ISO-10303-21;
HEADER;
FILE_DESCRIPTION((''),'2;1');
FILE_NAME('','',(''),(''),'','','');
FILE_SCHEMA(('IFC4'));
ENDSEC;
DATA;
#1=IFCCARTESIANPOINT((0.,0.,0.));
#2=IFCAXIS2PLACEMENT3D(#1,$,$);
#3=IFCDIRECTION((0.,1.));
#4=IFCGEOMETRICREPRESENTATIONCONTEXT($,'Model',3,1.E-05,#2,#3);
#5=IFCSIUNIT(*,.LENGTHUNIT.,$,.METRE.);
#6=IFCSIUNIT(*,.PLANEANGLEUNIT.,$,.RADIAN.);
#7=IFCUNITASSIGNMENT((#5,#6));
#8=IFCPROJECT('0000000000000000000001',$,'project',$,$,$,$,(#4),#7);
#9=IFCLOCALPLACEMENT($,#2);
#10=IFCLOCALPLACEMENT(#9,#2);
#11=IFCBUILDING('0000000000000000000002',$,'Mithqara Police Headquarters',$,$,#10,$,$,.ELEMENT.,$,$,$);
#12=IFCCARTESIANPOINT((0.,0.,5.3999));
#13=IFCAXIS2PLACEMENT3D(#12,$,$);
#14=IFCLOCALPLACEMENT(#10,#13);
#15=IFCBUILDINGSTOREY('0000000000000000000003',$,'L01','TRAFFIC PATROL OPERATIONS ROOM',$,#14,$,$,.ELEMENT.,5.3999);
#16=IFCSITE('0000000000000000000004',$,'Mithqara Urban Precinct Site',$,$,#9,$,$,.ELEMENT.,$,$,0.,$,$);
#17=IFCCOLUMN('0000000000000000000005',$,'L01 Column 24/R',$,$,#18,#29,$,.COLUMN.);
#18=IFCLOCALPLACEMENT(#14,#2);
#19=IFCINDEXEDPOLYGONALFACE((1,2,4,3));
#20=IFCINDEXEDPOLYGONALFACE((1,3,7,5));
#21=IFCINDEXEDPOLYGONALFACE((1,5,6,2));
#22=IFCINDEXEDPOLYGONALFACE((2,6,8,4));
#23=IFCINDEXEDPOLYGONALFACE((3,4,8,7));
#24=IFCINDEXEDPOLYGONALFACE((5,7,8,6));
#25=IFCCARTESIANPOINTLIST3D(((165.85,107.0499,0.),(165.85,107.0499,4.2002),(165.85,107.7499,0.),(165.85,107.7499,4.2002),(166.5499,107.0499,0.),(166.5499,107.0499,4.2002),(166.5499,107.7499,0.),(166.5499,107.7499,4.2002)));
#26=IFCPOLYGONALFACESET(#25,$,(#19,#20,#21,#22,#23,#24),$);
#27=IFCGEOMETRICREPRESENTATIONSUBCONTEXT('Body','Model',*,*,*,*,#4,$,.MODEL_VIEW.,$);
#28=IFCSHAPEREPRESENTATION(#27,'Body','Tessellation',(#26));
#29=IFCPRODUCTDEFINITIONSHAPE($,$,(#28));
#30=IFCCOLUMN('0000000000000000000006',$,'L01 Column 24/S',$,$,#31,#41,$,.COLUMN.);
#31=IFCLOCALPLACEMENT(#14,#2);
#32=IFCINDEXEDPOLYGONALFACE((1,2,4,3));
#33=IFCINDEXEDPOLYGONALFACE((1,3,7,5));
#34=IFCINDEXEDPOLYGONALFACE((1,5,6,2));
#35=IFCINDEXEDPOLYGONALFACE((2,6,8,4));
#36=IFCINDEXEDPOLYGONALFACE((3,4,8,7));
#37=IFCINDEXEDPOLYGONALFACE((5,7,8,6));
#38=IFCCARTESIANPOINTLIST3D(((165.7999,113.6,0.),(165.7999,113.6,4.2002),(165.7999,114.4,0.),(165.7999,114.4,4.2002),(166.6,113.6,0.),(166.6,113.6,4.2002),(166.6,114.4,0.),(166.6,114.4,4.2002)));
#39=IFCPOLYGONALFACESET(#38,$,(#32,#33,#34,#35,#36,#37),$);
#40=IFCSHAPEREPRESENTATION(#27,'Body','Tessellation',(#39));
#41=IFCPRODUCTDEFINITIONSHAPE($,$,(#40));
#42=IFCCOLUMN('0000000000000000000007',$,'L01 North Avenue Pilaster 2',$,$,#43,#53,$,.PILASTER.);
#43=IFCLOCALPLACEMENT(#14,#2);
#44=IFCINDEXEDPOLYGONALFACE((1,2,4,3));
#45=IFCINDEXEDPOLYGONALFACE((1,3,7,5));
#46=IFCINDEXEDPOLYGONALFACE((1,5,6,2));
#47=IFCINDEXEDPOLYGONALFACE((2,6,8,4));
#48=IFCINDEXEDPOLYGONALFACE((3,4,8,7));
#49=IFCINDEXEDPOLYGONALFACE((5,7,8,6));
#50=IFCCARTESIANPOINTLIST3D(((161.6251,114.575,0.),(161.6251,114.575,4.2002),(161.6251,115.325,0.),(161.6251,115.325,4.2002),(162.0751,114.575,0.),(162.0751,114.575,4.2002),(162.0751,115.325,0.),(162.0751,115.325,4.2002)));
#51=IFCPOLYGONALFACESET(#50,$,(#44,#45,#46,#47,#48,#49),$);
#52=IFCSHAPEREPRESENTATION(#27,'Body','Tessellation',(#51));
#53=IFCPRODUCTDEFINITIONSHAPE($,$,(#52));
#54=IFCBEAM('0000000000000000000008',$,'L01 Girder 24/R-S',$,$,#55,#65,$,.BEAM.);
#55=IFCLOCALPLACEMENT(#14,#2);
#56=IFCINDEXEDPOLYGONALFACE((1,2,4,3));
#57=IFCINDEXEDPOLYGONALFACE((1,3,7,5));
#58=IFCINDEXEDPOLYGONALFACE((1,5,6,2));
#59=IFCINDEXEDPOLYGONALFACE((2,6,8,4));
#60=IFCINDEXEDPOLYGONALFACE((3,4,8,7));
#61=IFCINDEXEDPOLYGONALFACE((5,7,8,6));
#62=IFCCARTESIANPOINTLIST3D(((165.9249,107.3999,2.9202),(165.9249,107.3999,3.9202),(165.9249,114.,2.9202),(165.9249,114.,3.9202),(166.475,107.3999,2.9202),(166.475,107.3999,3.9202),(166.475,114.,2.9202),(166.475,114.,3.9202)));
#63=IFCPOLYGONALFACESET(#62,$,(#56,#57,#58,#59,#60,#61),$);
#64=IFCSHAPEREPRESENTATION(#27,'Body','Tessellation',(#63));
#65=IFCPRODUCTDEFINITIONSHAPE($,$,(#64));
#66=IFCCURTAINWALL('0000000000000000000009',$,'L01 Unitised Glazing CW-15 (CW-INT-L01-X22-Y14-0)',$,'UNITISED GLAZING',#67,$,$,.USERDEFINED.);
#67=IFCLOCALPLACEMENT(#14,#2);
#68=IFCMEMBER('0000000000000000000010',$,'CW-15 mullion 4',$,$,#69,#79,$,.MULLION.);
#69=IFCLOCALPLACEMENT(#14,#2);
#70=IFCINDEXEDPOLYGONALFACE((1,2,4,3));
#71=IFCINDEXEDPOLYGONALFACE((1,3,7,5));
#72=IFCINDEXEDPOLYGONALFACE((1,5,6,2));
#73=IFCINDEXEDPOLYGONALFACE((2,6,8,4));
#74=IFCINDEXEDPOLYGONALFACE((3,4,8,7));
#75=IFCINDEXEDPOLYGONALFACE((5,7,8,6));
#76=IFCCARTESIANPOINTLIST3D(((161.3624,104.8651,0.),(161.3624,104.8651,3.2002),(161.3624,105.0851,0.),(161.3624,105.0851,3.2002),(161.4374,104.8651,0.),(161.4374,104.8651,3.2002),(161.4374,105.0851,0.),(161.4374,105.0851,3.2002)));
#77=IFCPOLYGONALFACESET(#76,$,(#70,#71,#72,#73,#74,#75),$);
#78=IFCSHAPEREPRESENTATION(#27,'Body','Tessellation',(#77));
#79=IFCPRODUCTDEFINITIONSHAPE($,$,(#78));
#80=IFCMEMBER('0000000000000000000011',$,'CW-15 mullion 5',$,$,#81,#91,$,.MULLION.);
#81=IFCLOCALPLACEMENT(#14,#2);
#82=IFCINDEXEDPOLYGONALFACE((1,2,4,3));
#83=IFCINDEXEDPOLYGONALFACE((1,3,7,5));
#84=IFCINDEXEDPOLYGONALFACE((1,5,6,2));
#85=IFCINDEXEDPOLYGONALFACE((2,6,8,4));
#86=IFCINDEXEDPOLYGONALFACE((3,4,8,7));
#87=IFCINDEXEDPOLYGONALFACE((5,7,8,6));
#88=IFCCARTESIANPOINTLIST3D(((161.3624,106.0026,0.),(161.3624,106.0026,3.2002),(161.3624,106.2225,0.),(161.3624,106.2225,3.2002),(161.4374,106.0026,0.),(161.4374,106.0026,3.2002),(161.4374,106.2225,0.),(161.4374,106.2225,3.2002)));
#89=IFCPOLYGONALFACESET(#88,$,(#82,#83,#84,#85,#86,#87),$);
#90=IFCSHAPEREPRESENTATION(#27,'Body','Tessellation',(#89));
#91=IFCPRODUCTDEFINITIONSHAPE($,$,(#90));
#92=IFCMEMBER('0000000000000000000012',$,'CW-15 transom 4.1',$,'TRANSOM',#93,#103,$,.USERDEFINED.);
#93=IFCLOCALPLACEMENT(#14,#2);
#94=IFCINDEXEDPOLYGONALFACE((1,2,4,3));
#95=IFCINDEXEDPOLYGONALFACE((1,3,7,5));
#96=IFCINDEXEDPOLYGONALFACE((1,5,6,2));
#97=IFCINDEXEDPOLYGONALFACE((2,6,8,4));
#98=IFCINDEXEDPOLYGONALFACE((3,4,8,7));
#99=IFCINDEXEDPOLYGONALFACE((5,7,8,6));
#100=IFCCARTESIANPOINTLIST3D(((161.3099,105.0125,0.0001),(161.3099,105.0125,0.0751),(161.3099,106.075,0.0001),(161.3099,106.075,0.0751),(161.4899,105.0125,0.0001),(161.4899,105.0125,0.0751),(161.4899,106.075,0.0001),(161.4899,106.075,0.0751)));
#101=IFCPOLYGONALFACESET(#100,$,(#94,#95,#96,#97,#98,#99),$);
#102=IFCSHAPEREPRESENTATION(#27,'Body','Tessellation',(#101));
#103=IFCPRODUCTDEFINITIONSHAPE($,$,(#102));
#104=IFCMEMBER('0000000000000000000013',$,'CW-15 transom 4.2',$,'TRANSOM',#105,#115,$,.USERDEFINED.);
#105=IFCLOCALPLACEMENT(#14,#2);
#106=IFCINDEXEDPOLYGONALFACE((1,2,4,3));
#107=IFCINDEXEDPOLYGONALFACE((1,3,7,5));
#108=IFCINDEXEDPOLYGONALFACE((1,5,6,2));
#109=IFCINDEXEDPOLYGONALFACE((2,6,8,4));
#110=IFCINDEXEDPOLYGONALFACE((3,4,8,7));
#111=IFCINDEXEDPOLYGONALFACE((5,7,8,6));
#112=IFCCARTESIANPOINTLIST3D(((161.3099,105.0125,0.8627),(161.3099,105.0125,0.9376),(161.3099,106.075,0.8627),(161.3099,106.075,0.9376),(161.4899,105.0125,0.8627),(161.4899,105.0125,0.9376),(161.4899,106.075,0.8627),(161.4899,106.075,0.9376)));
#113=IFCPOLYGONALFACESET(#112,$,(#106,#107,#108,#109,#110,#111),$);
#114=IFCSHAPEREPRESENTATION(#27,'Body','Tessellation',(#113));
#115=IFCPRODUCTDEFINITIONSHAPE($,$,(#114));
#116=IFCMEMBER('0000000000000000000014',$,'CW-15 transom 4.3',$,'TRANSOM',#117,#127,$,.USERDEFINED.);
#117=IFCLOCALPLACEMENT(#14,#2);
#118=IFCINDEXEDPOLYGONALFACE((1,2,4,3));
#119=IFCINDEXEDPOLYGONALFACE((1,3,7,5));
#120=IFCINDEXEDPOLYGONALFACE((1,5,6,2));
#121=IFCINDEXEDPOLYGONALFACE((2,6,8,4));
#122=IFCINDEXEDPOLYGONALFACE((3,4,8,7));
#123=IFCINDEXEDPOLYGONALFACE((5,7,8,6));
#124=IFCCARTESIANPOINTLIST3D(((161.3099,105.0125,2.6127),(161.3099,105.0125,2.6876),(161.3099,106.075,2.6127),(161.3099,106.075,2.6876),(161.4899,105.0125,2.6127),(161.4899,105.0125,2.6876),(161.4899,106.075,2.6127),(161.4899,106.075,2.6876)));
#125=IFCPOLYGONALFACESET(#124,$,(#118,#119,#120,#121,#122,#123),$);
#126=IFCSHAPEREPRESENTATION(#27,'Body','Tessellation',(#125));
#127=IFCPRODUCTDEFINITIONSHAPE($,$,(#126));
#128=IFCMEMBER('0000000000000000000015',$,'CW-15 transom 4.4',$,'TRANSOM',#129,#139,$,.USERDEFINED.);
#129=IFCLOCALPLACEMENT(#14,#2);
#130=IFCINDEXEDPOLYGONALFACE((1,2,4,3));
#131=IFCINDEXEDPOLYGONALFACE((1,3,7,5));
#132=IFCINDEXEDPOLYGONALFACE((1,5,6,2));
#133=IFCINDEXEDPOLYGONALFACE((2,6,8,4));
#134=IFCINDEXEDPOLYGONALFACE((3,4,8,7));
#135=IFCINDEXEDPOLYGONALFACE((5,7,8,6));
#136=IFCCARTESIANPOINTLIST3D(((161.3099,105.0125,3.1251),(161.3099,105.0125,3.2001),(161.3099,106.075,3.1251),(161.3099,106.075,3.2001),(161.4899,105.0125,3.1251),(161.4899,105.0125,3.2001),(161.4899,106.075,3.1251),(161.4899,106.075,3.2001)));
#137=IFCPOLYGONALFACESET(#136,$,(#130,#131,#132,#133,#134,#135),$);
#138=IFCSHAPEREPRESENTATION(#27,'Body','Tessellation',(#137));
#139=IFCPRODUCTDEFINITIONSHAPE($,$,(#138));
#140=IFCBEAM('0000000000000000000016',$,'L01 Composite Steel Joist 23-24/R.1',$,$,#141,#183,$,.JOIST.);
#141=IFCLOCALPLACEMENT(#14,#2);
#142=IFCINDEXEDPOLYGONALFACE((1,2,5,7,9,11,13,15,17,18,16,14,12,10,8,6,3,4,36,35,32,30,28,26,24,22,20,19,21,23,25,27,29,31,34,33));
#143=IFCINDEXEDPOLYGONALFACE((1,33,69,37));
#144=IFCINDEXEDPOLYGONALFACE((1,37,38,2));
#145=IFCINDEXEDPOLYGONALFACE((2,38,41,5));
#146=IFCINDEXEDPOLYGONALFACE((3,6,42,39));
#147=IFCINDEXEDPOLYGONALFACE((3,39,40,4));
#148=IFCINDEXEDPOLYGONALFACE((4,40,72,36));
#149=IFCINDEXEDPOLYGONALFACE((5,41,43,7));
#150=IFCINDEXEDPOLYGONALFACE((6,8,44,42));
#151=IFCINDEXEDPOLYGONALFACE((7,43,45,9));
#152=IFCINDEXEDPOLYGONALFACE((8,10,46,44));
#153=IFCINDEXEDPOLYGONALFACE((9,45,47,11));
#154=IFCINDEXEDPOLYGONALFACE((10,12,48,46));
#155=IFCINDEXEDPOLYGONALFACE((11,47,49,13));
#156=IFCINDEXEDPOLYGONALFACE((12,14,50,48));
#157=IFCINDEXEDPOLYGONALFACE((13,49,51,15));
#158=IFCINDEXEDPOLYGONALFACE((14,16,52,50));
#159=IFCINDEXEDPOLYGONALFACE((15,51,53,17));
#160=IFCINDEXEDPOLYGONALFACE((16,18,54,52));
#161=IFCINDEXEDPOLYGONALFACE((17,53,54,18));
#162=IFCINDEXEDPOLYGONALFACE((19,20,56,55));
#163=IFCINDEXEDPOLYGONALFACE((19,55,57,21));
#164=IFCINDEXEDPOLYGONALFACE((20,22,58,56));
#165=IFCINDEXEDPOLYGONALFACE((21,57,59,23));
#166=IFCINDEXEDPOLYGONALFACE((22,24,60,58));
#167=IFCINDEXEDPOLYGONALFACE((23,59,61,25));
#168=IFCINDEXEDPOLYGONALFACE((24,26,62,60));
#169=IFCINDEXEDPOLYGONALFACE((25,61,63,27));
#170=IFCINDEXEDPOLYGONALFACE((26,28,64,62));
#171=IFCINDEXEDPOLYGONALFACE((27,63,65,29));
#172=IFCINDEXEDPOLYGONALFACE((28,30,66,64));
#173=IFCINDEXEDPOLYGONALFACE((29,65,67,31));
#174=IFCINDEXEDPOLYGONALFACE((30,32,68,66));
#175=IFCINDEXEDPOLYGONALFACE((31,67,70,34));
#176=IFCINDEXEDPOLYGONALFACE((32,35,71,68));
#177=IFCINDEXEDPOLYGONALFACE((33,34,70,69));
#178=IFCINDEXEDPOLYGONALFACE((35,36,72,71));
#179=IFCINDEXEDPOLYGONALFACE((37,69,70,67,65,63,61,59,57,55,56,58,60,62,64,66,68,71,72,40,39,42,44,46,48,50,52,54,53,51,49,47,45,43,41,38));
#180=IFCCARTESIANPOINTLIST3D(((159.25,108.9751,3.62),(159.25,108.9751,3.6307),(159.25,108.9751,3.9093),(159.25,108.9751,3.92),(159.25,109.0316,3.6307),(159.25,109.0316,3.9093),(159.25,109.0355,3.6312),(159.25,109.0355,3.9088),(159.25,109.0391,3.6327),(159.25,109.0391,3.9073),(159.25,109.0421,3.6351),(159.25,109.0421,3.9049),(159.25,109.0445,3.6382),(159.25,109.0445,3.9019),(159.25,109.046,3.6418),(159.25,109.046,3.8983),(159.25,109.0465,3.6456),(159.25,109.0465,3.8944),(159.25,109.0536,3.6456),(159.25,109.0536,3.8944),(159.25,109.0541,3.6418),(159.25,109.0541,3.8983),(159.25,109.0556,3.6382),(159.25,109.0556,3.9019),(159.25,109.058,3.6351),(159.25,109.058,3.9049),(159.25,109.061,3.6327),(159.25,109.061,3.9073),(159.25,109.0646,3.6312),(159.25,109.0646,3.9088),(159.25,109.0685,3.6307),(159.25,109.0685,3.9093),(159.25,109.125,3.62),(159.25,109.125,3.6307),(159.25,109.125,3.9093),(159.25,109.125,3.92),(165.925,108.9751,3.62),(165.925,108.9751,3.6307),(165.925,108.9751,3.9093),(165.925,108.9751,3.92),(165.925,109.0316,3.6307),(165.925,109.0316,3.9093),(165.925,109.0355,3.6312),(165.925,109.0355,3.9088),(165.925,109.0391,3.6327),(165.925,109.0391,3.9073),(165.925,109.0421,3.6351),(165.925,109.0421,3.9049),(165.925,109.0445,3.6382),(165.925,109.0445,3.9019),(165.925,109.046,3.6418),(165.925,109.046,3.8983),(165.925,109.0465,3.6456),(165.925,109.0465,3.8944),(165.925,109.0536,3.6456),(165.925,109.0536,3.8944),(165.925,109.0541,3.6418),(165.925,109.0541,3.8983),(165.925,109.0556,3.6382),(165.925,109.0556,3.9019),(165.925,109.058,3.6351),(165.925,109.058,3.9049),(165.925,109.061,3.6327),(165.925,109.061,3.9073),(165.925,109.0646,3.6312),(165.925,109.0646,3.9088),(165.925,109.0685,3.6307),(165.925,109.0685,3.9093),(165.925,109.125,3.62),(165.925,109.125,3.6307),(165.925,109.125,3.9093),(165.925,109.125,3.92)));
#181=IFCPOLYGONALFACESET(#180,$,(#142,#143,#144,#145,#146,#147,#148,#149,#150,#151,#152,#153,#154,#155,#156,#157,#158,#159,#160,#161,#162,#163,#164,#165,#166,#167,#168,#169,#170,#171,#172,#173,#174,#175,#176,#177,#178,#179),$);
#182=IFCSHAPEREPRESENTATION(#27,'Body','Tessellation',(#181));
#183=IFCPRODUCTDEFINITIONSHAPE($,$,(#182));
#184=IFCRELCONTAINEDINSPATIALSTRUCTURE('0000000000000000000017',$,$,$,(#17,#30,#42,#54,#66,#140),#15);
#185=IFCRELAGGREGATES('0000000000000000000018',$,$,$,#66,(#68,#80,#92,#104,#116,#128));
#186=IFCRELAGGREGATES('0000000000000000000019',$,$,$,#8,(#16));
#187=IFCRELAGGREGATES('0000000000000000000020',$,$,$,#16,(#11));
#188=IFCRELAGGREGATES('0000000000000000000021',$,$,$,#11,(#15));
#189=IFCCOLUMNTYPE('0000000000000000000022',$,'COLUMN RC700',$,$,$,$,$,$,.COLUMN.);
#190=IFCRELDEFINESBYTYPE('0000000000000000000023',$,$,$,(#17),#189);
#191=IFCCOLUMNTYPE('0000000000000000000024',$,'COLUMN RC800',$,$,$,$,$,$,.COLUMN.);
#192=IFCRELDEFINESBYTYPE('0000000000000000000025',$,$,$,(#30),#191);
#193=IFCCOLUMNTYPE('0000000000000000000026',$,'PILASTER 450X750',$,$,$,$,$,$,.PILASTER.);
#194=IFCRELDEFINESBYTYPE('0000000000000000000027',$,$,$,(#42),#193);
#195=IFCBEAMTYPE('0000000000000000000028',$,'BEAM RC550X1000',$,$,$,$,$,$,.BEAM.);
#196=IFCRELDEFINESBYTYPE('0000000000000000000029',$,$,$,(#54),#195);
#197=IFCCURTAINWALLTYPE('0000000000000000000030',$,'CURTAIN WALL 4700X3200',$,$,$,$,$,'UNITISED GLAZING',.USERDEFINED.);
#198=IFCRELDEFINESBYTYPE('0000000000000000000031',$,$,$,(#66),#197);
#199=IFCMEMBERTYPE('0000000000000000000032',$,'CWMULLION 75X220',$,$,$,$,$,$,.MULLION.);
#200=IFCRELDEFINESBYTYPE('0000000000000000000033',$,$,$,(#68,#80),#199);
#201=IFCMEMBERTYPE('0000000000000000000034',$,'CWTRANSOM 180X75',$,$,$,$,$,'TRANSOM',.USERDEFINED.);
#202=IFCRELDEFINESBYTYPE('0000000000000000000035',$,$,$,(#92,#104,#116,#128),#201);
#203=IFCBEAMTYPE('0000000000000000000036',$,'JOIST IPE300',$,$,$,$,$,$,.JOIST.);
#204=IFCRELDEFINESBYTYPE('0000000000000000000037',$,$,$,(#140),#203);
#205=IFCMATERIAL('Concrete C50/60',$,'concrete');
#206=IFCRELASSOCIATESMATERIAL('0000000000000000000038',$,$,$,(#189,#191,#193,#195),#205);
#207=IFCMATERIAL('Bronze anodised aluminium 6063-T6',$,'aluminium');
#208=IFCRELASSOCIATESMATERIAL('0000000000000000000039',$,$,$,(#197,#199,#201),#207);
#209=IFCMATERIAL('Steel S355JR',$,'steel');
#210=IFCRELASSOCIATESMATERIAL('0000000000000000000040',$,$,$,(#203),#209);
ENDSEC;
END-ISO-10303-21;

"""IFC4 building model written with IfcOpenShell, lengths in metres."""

from ifc_helpers import new_model, si_unit, direction, frame, origin, origin_2d, place, context, subcontext, project, spatial, rectangle, i_section, extrude, material, material_profile, profile_set, type_object, element, aggregate, save


model = new_model("IFC4")

# Units and contexts
model_context = context("Model", 3, precision=1e-05, world=origin(), true_north=direction((0.0, 1.0)))
body_context = subcontext(model_context, "Body", "Model", "MODEL_VIEW")
ifc_project = project(units=[si_unit("LENGTHUNIT", "METRE"), si_unit("PLANEANGLEUNIT", "RADIAN")], contexts=[model_context])

# Site, building, storey
site_placement = place(None, origin())
site = spatial("IfcSite", under=ifc_project, at=site_placement, Name="Mithqara Urban Precinct Site", CompositionType="ELEMENT", RefElevation=0.0)
building_placement = place(site_placement, origin())
building = spatial("IfcBuilding", under=site, at=building_placement, Name="Mithqara Police Headquarters", CompositionType="ELEMENT")
storey_placement = place(building_placement, frame((0.0, 0.0, 5.3999)))
storey = spatial("IfcBuildingStorey", under=building, at=storey_placement, Name="L01", Description="TRAFFIC PATROL OPERATIONS ROOM", CompositionType="ELEMENT", Elevation=5.3999)

# Columns
ifc_material_1 = material(Name="Concrete C50/60", Category="concrete")
ifc_material_profile_1 = material_profile(ifc_material_1, rectangle(XDim=0.7, YDim=0.7, at=origin_2d()), Name="RC 700x700")
ifc_profile_set_1 = profile_set([ifc_material_profile_1], Name="Concrete C50/60")
column_type_1 = type_object("IfcColumnType", Name="COLUMN RC700", PredefinedType="COLUMN", material=ifc_profile_set_1)
column_1_placement = place(storey_placement, frame((166.2, 107.3999, 0.0), z_axis=(0.0, 0.0, 1.0), x_axis=(1.0, 0.0, 0.0)))
element("IfcColumn", 1, at=column_1_placement, inside=storey, type_object=column_type_1, Name="L01 Column 24/R", PredefinedType="COLUMN", context=body_context, shape_type="SweptSolid", body=[
    extrude(rectangle(XDim=0.7, YDim=0.7, at=origin_2d()), origin(), (0.0, 0.0, 1.0), 4.2002),
])
ifc_material_profile_2 = material_profile(ifc_material_1, rectangle(XDim=0.8, YDim=0.8, at=origin_2d()), Name="RC 800x800")
ifc_profile_set_2 = profile_set([ifc_material_profile_2], Name="Concrete C50/60")
column_type_2 = type_object("IfcColumnType", Name="COLUMN RC800", PredefinedType="COLUMN", material=ifc_profile_set_2)
column_2_placement = place(storey_placement, frame((166.2, 114.0, 0.0), z_axis=(0.0, 0.0, 1.0), x_axis=(1.0, 0.0, 0.0)))
element("IfcColumn", 2, at=column_2_placement, inside=storey, type_object=column_type_2, Name="L01 Column 24/S", PredefinedType="COLUMN", context=body_context, shape_type="SweptSolid", body=[
    extrude(rectangle(XDim=0.8, YDim=0.8, at=origin_2d()), origin(), (0.0, 0.0, 1.0), 4.2002),
])
ifc_material_profile_3 = material_profile(ifc_material_1, rectangle(XDim=0.45, YDim=0.75, at=origin_2d()), Name="PIL 450x750")
ifc_profile_set_3 = profile_set([ifc_material_profile_3], Name="Concrete C50/60")
column_type_3 = type_object("IfcColumnType", Name="PILASTER 450X750", PredefinedType="PILASTER", material=ifc_profile_set_3)
column_3_placement = place(storey_placement, frame((161.8501, 114.95, 0.0), z_axis=(0.0, 0.0, 1.0), x_axis=(1.0, 0.0, 0.0)))
element("IfcColumn", 3, at=column_3_placement, inside=storey, type_object=column_type_3, Name="L01 North Avenue Pilaster 2", PredefinedType="PILASTER", context=body_context, shape_type="SweptSolid", body=[
    extrude(rectangle(XDim=0.45, YDim=0.75, at=origin_2d()), origin(), (0.0, 0.0, 1.0), 4.2002),
])

# Beam
ifc_material_profile_4 = material_profile(ifc_material_1, rectangle(XDim=0.55, YDim=1.0, at=origin_2d()), Name="RC 550x1000")
ifc_profile_set_4 = profile_set([ifc_material_profile_4], Name="Concrete C50/60")
beam_type_1 = type_object("IfcBeamType", Name="BEAM RC550X1000", PredefinedType="BEAM", material=ifc_profile_set_4)
beam_1_placement = place(storey_placement, frame((166.2, 107.3999, 3.4202), z_axis=(0.0, 1.0, 0.0), x_axis=(-1.0, 0.0, 0.0)))
element("IfcBeam", 4, at=beam_1_placement, inside=storey, type_object=beam_type_1, Name="L01 Girder 24/R-S", PredefinedType="BEAM", context=body_context, shape_type="SweptSolid", body=[
    extrude(rectangle(XDim=0.55, YDim=1.0, at=origin_2d()), origin(), (0.0, 0.0, 1.0), 6.6001),
])

# Curtain wall, members
ifc_material_2 = material(Name="Bronze anodised aluminium 6063-T6", Category="aluminium")
curtain_wall_type = type_object("IfcCurtainWallType", Name="CURTAIN WALL 4700X3200", ElementType="UNITISED GLAZING", PredefinedType="USERDEFINED", material=ifc_material_2)
curtain_wall_placement = place(storey_placement, origin())
curtain_wall = element("IfcCurtainWall", 5, at=curtain_wall_placement, inside=storey, type_object=curtain_wall_type, Name="L01 Unitised Glazing CW-15 (CW-INT-L01-X22-Y14-0)", ObjectType="UNITISED GLAZING", PredefinedType="USERDEFINED")
ifc_material_profile_5 = material_profile(ifc_material_2, rectangle(XDim=0.075, YDim=0.22, at=origin_2d()), Name="CWM 75x220")
ifc_profile_set_5 = profile_set([ifc_material_profile_5], Name="Bronze anodised aluminium 6063-T6")
member_type_1 = type_object("IfcMemberType", Name="CWMULLION 75X220", PredefinedType="MULLION", material=ifc_profile_set_5)
member_1_placement = place(storey_placement, frame((161.3999, 104.9751, 0.0), z_axis=(0.0, 0.0, 1.0), x_axis=(-1.0, 0.0, 0.0)))
member_1 = element("IfcMember", 6, at=member_1_placement, type_object=member_type_1, Name="CW-15 mullion 4", PredefinedType="MULLION", context=body_context, shape_type="SweptSolid", body=[
    extrude(rectangle(XDim=0.075, YDim=0.22, at=origin_2d()), origin(), (0.0, 0.0, 1.0), 3.2002),
])
member_2_placement = place(storey_placement, frame((161.3999, 106.1125, 0.0), z_axis=(0.0, 0.0, 1.0), x_axis=(-1.0, 0.0, 0.0)))
member_2 = element("IfcMember", 7, at=member_2_placement, type_object=member_type_1, Name="CW-15 mullion 5", PredefinedType="MULLION", context=body_context, shape_type="SweptSolid", body=[
    extrude(rectangle(XDim=0.075, YDim=0.22, at=origin_2d()), origin(), (0.0, 0.0, 1.0), 3.2002),
])
ifc_material_profile_6 = material_profile(ifc_material_2, rectangle(XDim=0.1799, YDim=0.075, at=origin_2d()), Name="CWT 180x75")
ifc_profile_set_6 = profile_set([ifc_material_profile_6], Name="Bronze anodised aluminium 6063-T6")
member_type_2 = type_object("IfcMemberType", Name="CWTRANSOM 180X75", ElementType="TRANSOM", PredefinedType="USERDEFINED", material=ifc_profile_set_6)
member_3_placement = place(storey_placement, frame((161.3999, 105.0125, 0.0376), z_axis=(0.0, 1.0, 0.0), x_axis=(-1.0, 0.0, 0.0)))
member_3 = element("IfcMember", 8, at=member_3_placement, type_object=member_type_2, Name="CW-15 transom 4.1", ObjectType="TRANSOM", PredefinedType="USERDEFINED", context=body_context, shape_type="SweptSolid", body=[
    extrude(rectangle(XDim=0.1799, YDim=0.075, at=origin_2d()), origin(), (0.0, 0.0, 1.0), 1.0625),
])
member_4_placement = place(storey_placement, frame((161.3999, 105.0125, 0.9001), z_axis=(0.0, 1.0, 0.0), x_axis=(-1.0, 0.0, 0.0)))
member_4 = element("IfcMember", 9, at=member_4_placement, type_object=member_type_2, Name="CW-15 transom 4.2", ObjectType="TRANSOM", PredefinedType="USERDEFINED", context=body_context, shape_type="SweptSolid", body=[
    extrude(rectangle(XDim=0.1799, YDim=0.075, at=origin_2d()), origin(), (0.0, 0.0, 1.0), 1.0625),
])
member_5_placement = place(storey_placement, frame((161.3999, 105.0125, 2.6501), z_axis=(0.0, 1.0, 0.0), x_axis=(-1.0, 0.0, 0.0)))
member_5 = element("IfcMember", 10, at=member_5_placement, type_object=member_type_2, Name="CW-15 transom 4.3", ObjectType="TRANSOM", PredefinedType="USERDEFINED", context=body_context, shape_type="SweptSolid", body=[
    extrude(rectangle(XDim=0.1799, YDim=0.075, at=origin_2d()), origin(), (0.0, 0.0, 1.0), 1.0625),
])
member_6_placement = place(storey_placement, frame((161.3999, 105.0125, 3.1626), z_axis=(0.0, 1.0, 0.0), x_axis=(-1.0, 0.0, 0.0)))
member_6 = element("IfcMember", 11, at=member_6_placement, type_object=member_type_2, Name="CW-15 transom 4.4", ObjectType="TRANSOM", PredefinedType="USERDEFINED", context=body_context, shape_type="SweptSolid", body=[
    extrude(rectangle(XDim=0.1799, YDim=0.075, at=origin_2d()), origin(), (0.0, 0.0, 1.0), 1.0625),
])

# Beam
ifc_material_3 = material(Name="Steel S355JR", Category="steel")
ifc_material_profile_7 = material_profile(ifc_material_3, i_section(OverallWidth=0.1499, OverallDepth=0.3, WebThickness=0.0071, FlangeThickness=0.0107, FilletRadius=0.0149, at=origin_2d()), Name="IPE 300")
ifc_profile_set_7 = profile_set([ifc_material_profile_7], Name="Steel S355JR")
beam_type_2 = type_object("IfcBeamType", Name="JOIST IPE300", PredefinedType="JOIST", material=ifc_profile_set_7)
beam_2_placement = place(storey_placement, frame((159.25, 109.05, 3.77), z_axis=(1.0, 0.0, 0.0), x_axis=(0.0, 1.0, 0.0)))
element("IfcBeam", 12, at=beam_2_placement, inside=storey, type_object=beam_type_2, Name="L01 Composite Steel Joist 23-24/R.1", PredefinedType="JOIST", context=body_context, shape_type="SweptSolid", body=[
    extrude(i_section(OverallWidth=0.1499, OverallDepth=0.3, WebThickness=0.0071, FlangeThickness=0.0107, FilletRadius=0.0149, at=origin_2d()), origin(), (0.0, 0.0, 1.0), 6.675),
])

aggregate(curtain_wall, [member_1, member_2, member_3, member_4, member_5, member_6])

save(model, "model.ifc")
